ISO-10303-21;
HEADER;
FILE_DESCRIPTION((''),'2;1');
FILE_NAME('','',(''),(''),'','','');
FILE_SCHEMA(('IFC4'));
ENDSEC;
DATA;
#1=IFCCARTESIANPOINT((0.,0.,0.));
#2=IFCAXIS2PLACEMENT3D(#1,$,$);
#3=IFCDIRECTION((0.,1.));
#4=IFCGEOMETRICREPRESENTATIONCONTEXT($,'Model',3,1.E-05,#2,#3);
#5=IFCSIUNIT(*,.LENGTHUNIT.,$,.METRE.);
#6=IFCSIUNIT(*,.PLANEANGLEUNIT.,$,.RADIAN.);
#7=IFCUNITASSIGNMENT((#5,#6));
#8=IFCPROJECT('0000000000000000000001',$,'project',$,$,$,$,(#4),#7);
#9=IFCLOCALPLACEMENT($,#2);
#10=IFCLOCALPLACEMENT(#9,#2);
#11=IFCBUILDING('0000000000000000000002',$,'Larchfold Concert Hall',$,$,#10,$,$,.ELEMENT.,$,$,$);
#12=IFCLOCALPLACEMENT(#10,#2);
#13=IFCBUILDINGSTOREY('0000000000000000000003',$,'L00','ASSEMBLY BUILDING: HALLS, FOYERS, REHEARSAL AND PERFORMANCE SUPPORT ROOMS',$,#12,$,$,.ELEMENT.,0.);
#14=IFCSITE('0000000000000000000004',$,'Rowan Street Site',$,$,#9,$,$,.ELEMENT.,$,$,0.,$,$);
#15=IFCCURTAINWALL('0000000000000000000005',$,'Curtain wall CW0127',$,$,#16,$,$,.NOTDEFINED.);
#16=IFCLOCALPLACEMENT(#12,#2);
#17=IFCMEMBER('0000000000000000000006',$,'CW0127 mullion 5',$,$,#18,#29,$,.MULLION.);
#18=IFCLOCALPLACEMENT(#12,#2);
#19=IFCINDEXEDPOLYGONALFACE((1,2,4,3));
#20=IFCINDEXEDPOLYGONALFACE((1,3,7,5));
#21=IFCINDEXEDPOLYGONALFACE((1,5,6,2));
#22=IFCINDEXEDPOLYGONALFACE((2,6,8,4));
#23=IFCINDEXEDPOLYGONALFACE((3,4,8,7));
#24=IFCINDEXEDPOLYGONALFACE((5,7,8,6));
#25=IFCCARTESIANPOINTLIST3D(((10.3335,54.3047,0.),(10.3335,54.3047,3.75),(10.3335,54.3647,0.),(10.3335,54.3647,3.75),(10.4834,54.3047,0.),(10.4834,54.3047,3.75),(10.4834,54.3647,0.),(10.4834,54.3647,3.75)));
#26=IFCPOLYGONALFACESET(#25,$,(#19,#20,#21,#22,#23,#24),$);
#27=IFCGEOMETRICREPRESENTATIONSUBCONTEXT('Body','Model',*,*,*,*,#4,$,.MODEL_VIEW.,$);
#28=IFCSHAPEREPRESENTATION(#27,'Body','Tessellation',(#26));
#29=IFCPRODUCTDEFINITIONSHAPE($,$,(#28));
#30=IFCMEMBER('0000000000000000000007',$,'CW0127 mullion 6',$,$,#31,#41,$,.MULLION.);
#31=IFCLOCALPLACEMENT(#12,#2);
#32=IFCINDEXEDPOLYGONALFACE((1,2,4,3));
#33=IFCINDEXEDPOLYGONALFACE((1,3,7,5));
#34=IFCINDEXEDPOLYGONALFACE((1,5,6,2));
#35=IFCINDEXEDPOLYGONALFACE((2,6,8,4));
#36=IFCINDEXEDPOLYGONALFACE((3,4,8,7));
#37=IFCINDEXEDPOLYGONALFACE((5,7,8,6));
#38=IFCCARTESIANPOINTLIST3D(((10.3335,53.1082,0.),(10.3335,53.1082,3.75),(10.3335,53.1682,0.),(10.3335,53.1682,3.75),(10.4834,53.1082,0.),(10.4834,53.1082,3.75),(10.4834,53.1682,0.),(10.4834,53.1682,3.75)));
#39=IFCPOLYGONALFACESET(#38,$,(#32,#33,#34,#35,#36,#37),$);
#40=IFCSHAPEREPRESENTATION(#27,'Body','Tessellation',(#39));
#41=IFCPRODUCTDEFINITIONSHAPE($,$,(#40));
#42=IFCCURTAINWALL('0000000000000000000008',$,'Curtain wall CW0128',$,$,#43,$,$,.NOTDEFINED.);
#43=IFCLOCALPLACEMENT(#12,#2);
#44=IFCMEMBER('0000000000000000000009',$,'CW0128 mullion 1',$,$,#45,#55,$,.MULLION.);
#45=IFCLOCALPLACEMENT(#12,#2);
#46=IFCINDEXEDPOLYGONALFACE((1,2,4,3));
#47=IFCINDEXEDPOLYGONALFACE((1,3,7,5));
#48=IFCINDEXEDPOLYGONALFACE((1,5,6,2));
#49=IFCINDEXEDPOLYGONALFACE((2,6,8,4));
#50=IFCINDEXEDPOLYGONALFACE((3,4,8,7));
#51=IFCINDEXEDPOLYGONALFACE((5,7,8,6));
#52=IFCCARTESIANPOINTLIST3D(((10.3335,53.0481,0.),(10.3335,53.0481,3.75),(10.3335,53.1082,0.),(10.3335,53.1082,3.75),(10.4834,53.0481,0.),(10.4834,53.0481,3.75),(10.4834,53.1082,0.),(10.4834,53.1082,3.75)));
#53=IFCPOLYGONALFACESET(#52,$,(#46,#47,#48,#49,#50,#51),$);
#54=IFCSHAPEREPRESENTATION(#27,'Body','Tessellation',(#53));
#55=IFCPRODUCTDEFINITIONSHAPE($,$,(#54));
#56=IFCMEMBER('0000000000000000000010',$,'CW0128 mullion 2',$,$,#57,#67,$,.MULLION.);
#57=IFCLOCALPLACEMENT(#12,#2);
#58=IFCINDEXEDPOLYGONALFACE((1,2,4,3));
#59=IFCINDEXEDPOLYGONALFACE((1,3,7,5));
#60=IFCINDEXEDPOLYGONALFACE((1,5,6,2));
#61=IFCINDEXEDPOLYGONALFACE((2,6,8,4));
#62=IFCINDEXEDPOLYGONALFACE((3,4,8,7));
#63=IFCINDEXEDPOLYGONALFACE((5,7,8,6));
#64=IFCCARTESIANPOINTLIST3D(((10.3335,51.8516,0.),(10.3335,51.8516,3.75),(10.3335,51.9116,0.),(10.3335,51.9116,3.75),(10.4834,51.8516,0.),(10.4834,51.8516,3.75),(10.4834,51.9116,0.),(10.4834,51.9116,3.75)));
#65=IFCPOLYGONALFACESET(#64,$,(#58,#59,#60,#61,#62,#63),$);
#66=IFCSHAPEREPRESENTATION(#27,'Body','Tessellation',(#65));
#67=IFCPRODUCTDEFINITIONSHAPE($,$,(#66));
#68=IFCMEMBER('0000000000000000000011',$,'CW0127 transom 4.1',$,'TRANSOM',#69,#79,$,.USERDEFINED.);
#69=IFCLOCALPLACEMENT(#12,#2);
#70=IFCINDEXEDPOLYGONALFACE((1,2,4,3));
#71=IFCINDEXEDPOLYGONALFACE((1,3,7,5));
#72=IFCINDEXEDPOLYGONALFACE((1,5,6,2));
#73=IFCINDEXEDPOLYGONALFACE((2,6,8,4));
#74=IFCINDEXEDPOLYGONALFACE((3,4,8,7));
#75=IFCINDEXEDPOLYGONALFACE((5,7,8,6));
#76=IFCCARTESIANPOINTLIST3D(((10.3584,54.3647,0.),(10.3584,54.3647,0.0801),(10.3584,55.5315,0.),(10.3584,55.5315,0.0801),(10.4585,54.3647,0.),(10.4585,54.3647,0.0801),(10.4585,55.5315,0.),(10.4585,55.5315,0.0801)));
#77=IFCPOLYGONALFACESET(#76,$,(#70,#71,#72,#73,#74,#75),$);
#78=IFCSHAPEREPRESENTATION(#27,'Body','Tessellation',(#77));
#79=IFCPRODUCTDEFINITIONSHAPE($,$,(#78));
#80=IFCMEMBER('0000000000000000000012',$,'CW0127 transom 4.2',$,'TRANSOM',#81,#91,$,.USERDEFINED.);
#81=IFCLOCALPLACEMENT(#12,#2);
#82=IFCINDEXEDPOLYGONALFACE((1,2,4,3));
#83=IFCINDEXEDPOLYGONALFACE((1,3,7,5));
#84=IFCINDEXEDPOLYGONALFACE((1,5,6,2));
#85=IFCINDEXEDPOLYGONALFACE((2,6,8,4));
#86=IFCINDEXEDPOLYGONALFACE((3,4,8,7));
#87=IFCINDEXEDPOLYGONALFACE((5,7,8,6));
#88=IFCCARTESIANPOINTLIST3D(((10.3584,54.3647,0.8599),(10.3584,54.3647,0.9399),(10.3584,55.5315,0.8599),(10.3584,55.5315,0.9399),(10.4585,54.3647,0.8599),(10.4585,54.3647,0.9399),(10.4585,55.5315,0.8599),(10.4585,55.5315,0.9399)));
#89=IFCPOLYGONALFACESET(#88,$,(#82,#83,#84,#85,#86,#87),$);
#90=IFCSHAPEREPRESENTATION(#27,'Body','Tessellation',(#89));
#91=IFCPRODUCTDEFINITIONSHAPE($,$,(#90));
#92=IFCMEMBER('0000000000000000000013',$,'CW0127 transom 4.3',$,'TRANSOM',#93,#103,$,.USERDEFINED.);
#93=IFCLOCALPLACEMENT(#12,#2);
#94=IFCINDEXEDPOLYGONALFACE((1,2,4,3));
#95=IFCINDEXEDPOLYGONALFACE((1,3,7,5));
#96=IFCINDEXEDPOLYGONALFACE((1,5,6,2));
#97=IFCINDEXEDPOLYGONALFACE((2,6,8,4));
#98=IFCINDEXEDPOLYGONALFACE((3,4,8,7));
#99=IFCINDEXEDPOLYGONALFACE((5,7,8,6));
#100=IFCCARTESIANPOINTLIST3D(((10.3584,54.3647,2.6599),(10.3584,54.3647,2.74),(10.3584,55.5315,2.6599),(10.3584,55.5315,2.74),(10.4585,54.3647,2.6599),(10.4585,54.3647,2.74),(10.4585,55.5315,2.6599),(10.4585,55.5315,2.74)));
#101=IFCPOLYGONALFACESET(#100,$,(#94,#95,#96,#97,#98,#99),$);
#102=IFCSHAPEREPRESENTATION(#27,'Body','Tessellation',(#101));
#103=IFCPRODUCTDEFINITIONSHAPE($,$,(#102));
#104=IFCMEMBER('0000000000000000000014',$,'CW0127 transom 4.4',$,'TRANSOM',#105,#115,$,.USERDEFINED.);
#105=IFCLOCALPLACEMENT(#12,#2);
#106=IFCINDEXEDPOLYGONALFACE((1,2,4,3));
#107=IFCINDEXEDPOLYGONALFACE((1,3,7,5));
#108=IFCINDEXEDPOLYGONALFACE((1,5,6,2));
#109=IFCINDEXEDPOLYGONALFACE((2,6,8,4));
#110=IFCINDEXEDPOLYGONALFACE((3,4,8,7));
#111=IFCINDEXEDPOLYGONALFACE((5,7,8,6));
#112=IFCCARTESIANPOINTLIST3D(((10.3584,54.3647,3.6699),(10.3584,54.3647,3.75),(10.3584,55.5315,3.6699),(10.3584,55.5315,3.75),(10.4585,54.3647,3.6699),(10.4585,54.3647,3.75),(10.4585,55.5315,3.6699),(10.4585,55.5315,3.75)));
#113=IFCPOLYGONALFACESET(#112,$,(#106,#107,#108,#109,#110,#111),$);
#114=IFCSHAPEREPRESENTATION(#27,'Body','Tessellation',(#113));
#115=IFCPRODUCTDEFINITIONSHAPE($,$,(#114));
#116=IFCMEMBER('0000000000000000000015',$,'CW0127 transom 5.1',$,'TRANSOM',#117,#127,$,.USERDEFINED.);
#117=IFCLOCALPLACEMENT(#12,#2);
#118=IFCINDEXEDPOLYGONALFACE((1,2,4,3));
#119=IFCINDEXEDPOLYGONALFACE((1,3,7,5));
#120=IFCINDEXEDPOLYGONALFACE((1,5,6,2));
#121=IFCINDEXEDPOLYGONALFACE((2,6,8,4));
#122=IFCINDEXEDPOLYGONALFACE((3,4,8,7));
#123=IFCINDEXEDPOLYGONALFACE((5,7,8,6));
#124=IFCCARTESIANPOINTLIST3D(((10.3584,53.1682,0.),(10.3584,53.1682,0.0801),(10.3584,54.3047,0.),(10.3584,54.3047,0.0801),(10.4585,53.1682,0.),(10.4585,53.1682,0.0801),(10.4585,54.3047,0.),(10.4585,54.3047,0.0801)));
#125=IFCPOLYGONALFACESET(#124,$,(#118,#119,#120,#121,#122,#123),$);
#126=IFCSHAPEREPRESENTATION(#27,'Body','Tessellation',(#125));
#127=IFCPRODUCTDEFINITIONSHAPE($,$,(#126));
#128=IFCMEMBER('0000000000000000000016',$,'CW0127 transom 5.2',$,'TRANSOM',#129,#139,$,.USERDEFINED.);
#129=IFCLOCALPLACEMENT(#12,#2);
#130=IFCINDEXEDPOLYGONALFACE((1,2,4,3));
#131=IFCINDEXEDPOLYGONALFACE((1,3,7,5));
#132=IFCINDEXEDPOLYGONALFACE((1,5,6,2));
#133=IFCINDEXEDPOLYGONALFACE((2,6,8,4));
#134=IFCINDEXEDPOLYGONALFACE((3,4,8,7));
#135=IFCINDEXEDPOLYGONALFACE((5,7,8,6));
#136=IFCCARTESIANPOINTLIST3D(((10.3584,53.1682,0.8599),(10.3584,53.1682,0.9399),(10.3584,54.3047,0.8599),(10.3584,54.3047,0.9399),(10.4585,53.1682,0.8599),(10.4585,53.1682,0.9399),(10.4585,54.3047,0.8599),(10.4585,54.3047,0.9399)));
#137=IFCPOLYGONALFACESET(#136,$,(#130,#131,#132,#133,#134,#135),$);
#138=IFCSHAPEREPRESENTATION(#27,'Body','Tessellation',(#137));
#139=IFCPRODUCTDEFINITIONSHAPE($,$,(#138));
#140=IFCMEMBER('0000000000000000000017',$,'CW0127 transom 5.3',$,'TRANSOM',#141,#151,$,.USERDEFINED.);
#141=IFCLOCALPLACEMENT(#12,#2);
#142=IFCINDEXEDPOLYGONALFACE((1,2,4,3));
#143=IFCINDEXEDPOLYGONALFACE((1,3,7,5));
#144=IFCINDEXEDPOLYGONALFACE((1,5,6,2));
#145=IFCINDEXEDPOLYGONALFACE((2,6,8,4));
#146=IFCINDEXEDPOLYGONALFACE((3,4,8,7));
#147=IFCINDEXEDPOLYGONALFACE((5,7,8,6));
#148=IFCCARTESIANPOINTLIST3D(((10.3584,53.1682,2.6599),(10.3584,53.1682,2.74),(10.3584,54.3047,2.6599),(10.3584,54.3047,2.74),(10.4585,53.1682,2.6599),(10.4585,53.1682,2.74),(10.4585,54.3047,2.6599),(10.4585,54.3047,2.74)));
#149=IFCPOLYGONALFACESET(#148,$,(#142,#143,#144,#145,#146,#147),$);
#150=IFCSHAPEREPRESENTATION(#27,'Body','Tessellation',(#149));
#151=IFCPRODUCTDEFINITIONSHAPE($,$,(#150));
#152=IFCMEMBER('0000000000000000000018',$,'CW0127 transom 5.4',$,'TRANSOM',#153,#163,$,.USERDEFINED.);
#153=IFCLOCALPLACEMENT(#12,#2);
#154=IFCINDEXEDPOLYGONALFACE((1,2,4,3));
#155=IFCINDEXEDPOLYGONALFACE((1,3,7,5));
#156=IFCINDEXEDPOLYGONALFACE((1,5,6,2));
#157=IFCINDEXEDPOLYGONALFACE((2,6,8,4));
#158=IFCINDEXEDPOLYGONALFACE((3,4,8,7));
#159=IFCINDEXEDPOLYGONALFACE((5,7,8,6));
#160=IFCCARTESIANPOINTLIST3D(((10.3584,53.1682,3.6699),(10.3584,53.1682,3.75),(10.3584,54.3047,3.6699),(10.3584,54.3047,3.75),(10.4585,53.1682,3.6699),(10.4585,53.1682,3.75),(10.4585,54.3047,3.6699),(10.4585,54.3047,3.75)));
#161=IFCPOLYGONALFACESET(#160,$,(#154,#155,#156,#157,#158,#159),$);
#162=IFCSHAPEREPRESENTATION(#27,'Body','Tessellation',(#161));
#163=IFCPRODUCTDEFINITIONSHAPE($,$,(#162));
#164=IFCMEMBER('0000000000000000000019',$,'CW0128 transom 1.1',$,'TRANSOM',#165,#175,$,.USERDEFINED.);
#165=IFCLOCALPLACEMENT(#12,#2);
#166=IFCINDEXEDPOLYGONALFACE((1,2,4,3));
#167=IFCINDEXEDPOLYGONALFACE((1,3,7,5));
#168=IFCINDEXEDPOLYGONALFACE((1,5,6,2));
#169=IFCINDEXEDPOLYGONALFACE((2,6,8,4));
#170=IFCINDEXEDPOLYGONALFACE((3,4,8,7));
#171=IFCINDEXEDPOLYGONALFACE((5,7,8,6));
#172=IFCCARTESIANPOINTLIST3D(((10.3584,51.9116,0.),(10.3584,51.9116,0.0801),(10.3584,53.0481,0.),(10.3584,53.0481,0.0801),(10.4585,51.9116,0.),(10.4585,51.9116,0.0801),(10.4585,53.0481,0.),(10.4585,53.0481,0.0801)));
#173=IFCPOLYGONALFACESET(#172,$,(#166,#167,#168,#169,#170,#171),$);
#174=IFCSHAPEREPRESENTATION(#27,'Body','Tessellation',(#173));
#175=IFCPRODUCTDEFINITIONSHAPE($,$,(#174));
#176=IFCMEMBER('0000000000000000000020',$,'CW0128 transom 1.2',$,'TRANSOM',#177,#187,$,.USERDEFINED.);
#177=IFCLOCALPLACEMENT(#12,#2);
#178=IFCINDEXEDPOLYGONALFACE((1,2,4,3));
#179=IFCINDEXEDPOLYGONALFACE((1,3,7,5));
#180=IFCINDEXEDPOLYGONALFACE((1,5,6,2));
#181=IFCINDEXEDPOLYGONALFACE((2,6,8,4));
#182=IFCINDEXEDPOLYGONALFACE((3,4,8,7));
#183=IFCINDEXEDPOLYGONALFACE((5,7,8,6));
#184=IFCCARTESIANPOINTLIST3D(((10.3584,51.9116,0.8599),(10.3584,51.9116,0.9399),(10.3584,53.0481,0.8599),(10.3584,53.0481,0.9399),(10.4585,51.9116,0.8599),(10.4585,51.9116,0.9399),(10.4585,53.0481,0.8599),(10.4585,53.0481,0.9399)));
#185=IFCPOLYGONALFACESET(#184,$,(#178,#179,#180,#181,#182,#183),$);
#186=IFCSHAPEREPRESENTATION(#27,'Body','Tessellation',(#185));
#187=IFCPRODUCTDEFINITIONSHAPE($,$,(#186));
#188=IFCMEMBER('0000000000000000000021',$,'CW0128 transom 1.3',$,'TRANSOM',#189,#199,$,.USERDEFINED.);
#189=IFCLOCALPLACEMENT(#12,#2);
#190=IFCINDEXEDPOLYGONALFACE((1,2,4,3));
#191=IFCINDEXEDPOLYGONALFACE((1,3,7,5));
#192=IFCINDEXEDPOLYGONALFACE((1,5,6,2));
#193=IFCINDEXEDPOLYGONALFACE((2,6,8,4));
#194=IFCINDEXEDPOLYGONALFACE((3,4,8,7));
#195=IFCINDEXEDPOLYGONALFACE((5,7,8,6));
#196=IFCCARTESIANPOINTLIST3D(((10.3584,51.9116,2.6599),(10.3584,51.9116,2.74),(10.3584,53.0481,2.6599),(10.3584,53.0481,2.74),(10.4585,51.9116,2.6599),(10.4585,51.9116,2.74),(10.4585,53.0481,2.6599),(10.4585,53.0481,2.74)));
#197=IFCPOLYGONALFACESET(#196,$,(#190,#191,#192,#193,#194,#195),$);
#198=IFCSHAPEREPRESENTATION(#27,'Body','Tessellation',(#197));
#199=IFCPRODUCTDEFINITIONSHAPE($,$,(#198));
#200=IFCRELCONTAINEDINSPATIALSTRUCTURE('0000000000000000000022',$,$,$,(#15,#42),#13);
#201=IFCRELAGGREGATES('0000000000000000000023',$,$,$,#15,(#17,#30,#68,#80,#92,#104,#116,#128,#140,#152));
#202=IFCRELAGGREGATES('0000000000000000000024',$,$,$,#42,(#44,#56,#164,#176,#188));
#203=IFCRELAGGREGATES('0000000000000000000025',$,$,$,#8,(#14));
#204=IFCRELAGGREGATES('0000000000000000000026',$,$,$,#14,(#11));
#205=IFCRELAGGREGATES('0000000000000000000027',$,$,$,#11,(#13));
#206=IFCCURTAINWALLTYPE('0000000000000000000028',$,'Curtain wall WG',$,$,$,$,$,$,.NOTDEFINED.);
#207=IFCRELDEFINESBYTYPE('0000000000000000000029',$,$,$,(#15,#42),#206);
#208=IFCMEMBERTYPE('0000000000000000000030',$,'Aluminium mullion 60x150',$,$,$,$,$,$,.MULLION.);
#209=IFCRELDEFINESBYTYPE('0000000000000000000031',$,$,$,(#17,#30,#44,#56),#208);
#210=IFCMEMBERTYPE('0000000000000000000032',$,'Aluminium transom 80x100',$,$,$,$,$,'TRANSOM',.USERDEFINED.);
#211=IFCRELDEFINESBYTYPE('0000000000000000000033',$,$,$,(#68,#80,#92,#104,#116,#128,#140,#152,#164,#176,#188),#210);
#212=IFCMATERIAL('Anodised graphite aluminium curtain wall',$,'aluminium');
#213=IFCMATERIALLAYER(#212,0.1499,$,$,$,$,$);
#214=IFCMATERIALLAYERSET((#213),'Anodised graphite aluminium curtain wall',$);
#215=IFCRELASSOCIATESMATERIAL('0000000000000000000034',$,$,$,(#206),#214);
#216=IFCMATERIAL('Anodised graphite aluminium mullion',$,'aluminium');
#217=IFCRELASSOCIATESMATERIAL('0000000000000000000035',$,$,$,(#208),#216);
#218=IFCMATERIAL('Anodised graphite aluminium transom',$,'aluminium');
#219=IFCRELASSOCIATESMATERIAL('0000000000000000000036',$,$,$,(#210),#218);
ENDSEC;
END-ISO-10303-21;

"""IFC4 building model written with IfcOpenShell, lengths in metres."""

from ifc_helpers import new_model, si_unit, direction, frame, origin, origin_2d, place, context, subcontext, project, spatial, rectangle, extrude, material, layer, layer_set, material_profile, profile_set, type_object, element, aggregate, save


model = new_model("IFC4")

# Units and contexts
model_context = context("Model", 3, precision=1e-05, world=origin(), true_north=direction((0.0, 1.0)))
body_context = subcontext(model_context, "Body", "Model", "MODEL_VIEW")
ifc_project = project(units=[si_unit("LENGTHUNIT", "METRE"), si_unit("PLANEANGLEUNIT", "RADIAN")], contexts=[model_context])

# Site, building, storey
site_placement = place(None, origin())
site = spatial("IfcSite", under=ifc_project, at=site_placement, Name="Rowan Street Site", CompositionType="ELEMENT", RefElevation=0.0)
building_placement = place(site_placement, origin())
building = spatial("IfcBuilding", under=site, at=building_placement, Name="Larchfold Concert Hall", CompositionType="ELEMENT")
storey_placement = place(building_placement, origin())
storey = spatial("IfcBuildingStorey", under=building, at=storey_placement, Name="L00", Description="ASSEMBLY BUILDING: HALLS, FOYERS, REHEARSAL AND PERFORMANCE SUPPORT ROOMS", CompositionType="ELEMENT", Elevation=0.0)

# Curtain walls, members
ifc_material_1 = material(Name="Anodised graphite aluminium curtain wall", Category="aluminium")
ifc_layer_1 = layer(ifc_material_1, 0.1499)
ifc_layer_set_1 = layer_set([ifc_layer_1], Name="Anodised graphite aluminium curtain wall")
curtain_wall_type = type_object("IfcCurtainWallType", Name="Curtain wall WG", PredefinedType="NOTDEFINED", material=ifc_layer_set_1)
curtain_wall_1_placement = place(storey_placement, origin())
curtain_wall_1 = element("IfcCurtainWall", 1, at=curtain_wall_1_placement, inside=storey, type_object=curtain_wall_type, Name="Curtain wall CW0127", PredefinedType="NOTDEFINED")
ifc_material_2 = material(Name="Anodised graphite aluminium mullion", Category="aluminium")
ifc_material_profile_1 = material_profile(ifc_material_2, rectangle(XDim=0.1499, YDim=0.0601, at=origin_2d()))
ifc_profile_set_1 = profile_set([ifc_material_profile_1], Name="Anodised graphite aluminium mullion")
member_type_1 = type_object("IfcMemberType", Name="Aluminium mullion 60x150", PredefinedType="MULLION", material=ifc_profile_set_1)
member_1_placement = place(storey_placement, frame((10.4084, 54.3347, 0.0), z_axis=(0.0, 0.0, 1.0), x_axis=(1.0, 0.0, 0.0)))
member_1 = element("IfcMember", 2, at=member_1_placement, type_object=member_type_1, Name="CW0127 mullion 5", PredefinedType="MULLION", context=body_context, shape_type="SweptSolid", body=[
    extrude(rectangle(XDim=0.1499, YDim=0.0601, at=origin_2d()), origin(), (0.0, 0.0, 1.0), 3.75),
])
member_2_placement = place(storey_placement, frame((10.4084, 53.1382, 0.0), z_axis=(0.0, 0.0, 1.0), x_axis=(1.0, 0.0, 0.0)))
member_2 = element("IfcMember", 3, at=member_2_placement, type_object=member_type_1, Name="CW0127 mullion 6", PredefinedType="MULLION", context=body_context, shape_type="SweptSolid", body=[
    extrude(rectangle(XDim=0.1499, YDim=0.0601, at=origin_2d()), origin(), (0.0, 0.0, 1.0), 3.75),
])
curtain_wall_2_placement = place(storey_placement, origin())
curtain_wall_2 = element("IfcCurtainWall", 4, at=curtain_wall_2_placement, inside=storey, type_object=curtain_wall_type, Name="Curtain wall CW0128", PredefinedType="NOTDEFINED")
member_3_placement = place(storey_placement, frame((10.4084, 53.0781, 0.0), z_axis=(0.0, 0.0, 1.0), x_axis=(1.0, 0.0, 0.0)))
member_3 = element("IfcMember", 5, at=member_3_placement, type_object=member_type_1, Name="CW0128 mullion 1", PredefinedType="MULLION", context=body_context, shape_type="SweptSolid", body=[
    extrude(rectangle(XDim=0.1499, YDim=0.0601, at=origin_2d()), origin(), (0.0, 0.0, 1.0), 3.75),
])
member_4_placement = place(storey_placement, frame((10.4084, 51.8816, 0.0), z_axis=(0.0, 0.0, 1.0), x_axis=(1.0, 0.0, 0.0)))
member_4 = element("IfcMember", 6, at=member_4_placement, type_object=member_type_1, Name="CW0128 mullion 2", PredefinedType="MULLION", context=body_context, shape_type="SweptSolid", body=[
    extrude(rectangle(XDim=0.1499, YDim=0.0601, at=origin_2d()), origin(), (0.0, 0.0, 1.0), 3.75),
])

# Members
ifc_material_3 = material(Name="Anodised graphite aluminium transom", Category="aluminium")
ifc_material_profile_2 = material_profile(ifc_material_3, rectangle(XDim=0.1001, YDim=0.0801, at=origin_2d()))
ifc_profile_set_2 = profile_set([ifc_material_profile_2], Name="Anodised graphite aluminium transom")
member_type_2 = type_object("IfcMemberType", Name="Aluminium transom 80x100", ElementType="TRANSOM", PredefinedType="USERDEFINED", material=ifc_profile_set_2)
member_5_placement = place(storey_placement, frame((10.4084, 55.5315, 0.04), z_axis=(0.0, -1.0, 0.0), x_axis=(1.0, 0.0, 0.0)))
member_5 = element("IfcMember", 7, at=member_5_placement, type_object=member_type_2, Name="CW0127 transom 4.1", ObjectType="TRANSOM", PredefinedType="USERDEFINED", context=body_context, shape_type="SweptSolid", body=[
    extrude(rectangle(XDim=0.1001, YDim=0.0801, at=origin_2d()), origin(), (0.0, 0.0, 1.0), 1.1667),
])
member_6_placement = place(storey_placement, frame((10.4084, 55.5315, 0.8999), z_axis=(0.0, -1.0, 0.0), x_axis=(1.0, 0.0, 0.0)))
member_6 = element("IfcMember", 8, at=member_6_placement, type_object=member_type_2, Name="CW0127 transom 4.2", ObjectType="TRANSOM", PredefinedType="USERDEFINED", context=body_context, shape_type="SweptSolid", body=[
    extrude(rectangle(XDim=0.1001, YDim=0.0801, at=origin_2d()), origin(), (0.0, 0.0, 1.0), 1.1667),
])
member_7_placement = place(storey_placement, frame((10.4084, 55.5315, 2.7), z_axis=(0.0, -1.0, 0.0), x_axis=(1.0, 0.0, 0.0)))
member_7 = element("IfcMember", 9, at=member_7_placement, type_object=member_type_2, Name="CW0127 transom 4.3", ObjectType="TRANSOM", PredefinedType="USERDEFINED", context=body_context, shape_type="SweptSolid", body=[
    extrude(rectangle(XDim=0.1001, YDim=0.0801, at=origin_2d()), origin(), (0.0, 0.0, 1.0), 1.1667),
])
member_8_placement = place(storey_placement, frame((10.4084, 55.5315, 3.71), z_axis=(0.0, -1.0, 0.0), x_axis=(1.0, 0.0, 0.0)))
member_8 = element("IfcMember", 10, at=member_8_placement, type_object=member_type_2, Name="CW0127 transom 4.4", ObjectType="TRANSOM", PredefinedType="USERDEFINED", context=body_context, shape_type="SweptSolid", body=[
    extrude(rectangle(XDim=0.1001, YDim=0.0801, at=origin_2d()), origin(), (0.0, 0.0, 1.0), 1.1667),
])
member_9_placement = place(storey_placement, frame((10.4084, 54.3047, 0.04), z_axis=(0.0, -1.0, 0.0), x_axis=(1.0, 0.0, 0.0)))
member_9 = element("IfcMember", 11, at=member_9_placement, type_object=member_type_2, Name="CW0127 transom 5.1", ObjectType="TRANSOM", PredefinedType="USERDEFINED", context=body_context, shape_type="SweptSolid", body=[
    extrude(rectangle(XDim=0.1001, YDim=0.0801, at=origin_2d()), origin(), (0.0, 0.0, 1.0), 1.1365),
])
member_10_placement = place(storey_placement, frame((10.4084, 54.3047, 0.8999), z_axis=(0.0, -1.0, 0.0), x_axis=(1.0, 0.0, 0.0)))
member_10 = element("IfcMember", 12, at=member_10_placement, type_object=member_type_2, Name="CW0127 transom 5.2", ObjectType="TRANSOM", PredefinedType="USERDEFINED", context=body_context, shape_type="SweptSolid", body=[
    extrude(rectangle(XDim=0.1001, YDim=0.0801, at=origin_2d()), origin(), (0.0, 0.0, 1.0), 1.1365),
])
member_11_placement = place(storey_placement, frame((10.4084, 54.3047, 2.7), z_axis=(0.0, -1.0, 0.0), x_axis=(1.0, 0.0, 0.0)))
member_11 = element("IfcMember", 13, at=member_11_placement, type_object=member_type_2, Name="CW0127 transom 5.3", ObjectType="TRANSOM", PredefinedType="USERDEFINED", context=body_context, shape_type="SweptSolid", body=[
    extrude(rectangle(XDim=0.1001, YDim=0.0801, at=origin_2d()), origin(), (0.0, 0.0, 1.0), 1.1365),
])
member_12_placement = place(storey_placement, frame((10.4084, 54.3047, 3.71), z_axis=(0.0, -1.0, 0.0), x_axis=(1.0, 0.0, 0.0)))
member_12 = element("IfcMember", 14, at=member_12_placement, type_object=member_type_2, Name="CW0127 transom 5.4", ObjectType="TRANSOM", PredefinedType="USERDEFINED", context=body_context, shape_type="SweptSolid", body=[
    extrude(rectangle(XDim=0.1001, YDim=0.0801, at=origin_2d()), origin(), (0.0, 0.0, 1.0), 1.1365),
])
member_13_placement = place(storey_placement, frame((10.4084, 53.0481, 0.04), z_axis=(0.0, -1.0, 0.0), x_axis=(1.0, 0.0, 0.0)))
member_13 = element("IfcMember", 15, at=member_13_placement, type_object=member_type_2, Name="CW0128 transom 1.1", ObjectType="TRANSOM", PredefinedType="USERDEFINED", context=body_context, shape_type="SweptSolid", body=[
    extrude(rectangle(XDim=0.1001, YDim=0.0801, at=origin_2d()), origin(), (0.0, 0.0, 1.0), 1.1365),
])
member_14_placement = place(storey_placement, frame((10.4084, 53.0481, 0.8999), z_axis=(0.0, -1.0, 0.0), x_axis=(1.0, 0.0, 0.0)))
member_14 = element("IfcMember", 16, at=member_14_placement, type_object=member_type_2, Name="CW0128 transom 1.2", ObjectType="TRANSOM", PredefinedType="USERDEFINED", context=body_context, shape_type="SweptSolid", body=[
    extrude(rectangle(XDim=0.1001, YDim=0.0801, at=origin_2d()), origin(), (0.0, 0.0, 1.0), 1.1365),
])
member_15_placement = place(storey_placement, frame((10.4084, 53.0481, 2.7), z_axis=(0.0, -1.0, 0.0), x_axis=(1.0, 0.0, 0.0)))
member_15 = element("IfcMember", 17, at=member_15_placement, type_object=member_type_2, Name="CW0128 transom 1.3", ObjectType="TRANSOM", PredefinedType="USERDEFINED", context=body_context, shape_type="SweptSolid", body=[
    extrude(rectangle(XDim=0.1001, YDim=0.0801, at=origin_2d()), origin(), (0.0, 0.0, 1.0), 1.1365),
])

aggregate(curtain_wall_1, [member_1, member_2, member_5, member_6, member_7, member_8, member_9, member_10, member_11, member_12])
aggregate(curtain_wall_2, [member_3, member_4, member_13, member_14, member_15])

save(model, "model.ifc")
